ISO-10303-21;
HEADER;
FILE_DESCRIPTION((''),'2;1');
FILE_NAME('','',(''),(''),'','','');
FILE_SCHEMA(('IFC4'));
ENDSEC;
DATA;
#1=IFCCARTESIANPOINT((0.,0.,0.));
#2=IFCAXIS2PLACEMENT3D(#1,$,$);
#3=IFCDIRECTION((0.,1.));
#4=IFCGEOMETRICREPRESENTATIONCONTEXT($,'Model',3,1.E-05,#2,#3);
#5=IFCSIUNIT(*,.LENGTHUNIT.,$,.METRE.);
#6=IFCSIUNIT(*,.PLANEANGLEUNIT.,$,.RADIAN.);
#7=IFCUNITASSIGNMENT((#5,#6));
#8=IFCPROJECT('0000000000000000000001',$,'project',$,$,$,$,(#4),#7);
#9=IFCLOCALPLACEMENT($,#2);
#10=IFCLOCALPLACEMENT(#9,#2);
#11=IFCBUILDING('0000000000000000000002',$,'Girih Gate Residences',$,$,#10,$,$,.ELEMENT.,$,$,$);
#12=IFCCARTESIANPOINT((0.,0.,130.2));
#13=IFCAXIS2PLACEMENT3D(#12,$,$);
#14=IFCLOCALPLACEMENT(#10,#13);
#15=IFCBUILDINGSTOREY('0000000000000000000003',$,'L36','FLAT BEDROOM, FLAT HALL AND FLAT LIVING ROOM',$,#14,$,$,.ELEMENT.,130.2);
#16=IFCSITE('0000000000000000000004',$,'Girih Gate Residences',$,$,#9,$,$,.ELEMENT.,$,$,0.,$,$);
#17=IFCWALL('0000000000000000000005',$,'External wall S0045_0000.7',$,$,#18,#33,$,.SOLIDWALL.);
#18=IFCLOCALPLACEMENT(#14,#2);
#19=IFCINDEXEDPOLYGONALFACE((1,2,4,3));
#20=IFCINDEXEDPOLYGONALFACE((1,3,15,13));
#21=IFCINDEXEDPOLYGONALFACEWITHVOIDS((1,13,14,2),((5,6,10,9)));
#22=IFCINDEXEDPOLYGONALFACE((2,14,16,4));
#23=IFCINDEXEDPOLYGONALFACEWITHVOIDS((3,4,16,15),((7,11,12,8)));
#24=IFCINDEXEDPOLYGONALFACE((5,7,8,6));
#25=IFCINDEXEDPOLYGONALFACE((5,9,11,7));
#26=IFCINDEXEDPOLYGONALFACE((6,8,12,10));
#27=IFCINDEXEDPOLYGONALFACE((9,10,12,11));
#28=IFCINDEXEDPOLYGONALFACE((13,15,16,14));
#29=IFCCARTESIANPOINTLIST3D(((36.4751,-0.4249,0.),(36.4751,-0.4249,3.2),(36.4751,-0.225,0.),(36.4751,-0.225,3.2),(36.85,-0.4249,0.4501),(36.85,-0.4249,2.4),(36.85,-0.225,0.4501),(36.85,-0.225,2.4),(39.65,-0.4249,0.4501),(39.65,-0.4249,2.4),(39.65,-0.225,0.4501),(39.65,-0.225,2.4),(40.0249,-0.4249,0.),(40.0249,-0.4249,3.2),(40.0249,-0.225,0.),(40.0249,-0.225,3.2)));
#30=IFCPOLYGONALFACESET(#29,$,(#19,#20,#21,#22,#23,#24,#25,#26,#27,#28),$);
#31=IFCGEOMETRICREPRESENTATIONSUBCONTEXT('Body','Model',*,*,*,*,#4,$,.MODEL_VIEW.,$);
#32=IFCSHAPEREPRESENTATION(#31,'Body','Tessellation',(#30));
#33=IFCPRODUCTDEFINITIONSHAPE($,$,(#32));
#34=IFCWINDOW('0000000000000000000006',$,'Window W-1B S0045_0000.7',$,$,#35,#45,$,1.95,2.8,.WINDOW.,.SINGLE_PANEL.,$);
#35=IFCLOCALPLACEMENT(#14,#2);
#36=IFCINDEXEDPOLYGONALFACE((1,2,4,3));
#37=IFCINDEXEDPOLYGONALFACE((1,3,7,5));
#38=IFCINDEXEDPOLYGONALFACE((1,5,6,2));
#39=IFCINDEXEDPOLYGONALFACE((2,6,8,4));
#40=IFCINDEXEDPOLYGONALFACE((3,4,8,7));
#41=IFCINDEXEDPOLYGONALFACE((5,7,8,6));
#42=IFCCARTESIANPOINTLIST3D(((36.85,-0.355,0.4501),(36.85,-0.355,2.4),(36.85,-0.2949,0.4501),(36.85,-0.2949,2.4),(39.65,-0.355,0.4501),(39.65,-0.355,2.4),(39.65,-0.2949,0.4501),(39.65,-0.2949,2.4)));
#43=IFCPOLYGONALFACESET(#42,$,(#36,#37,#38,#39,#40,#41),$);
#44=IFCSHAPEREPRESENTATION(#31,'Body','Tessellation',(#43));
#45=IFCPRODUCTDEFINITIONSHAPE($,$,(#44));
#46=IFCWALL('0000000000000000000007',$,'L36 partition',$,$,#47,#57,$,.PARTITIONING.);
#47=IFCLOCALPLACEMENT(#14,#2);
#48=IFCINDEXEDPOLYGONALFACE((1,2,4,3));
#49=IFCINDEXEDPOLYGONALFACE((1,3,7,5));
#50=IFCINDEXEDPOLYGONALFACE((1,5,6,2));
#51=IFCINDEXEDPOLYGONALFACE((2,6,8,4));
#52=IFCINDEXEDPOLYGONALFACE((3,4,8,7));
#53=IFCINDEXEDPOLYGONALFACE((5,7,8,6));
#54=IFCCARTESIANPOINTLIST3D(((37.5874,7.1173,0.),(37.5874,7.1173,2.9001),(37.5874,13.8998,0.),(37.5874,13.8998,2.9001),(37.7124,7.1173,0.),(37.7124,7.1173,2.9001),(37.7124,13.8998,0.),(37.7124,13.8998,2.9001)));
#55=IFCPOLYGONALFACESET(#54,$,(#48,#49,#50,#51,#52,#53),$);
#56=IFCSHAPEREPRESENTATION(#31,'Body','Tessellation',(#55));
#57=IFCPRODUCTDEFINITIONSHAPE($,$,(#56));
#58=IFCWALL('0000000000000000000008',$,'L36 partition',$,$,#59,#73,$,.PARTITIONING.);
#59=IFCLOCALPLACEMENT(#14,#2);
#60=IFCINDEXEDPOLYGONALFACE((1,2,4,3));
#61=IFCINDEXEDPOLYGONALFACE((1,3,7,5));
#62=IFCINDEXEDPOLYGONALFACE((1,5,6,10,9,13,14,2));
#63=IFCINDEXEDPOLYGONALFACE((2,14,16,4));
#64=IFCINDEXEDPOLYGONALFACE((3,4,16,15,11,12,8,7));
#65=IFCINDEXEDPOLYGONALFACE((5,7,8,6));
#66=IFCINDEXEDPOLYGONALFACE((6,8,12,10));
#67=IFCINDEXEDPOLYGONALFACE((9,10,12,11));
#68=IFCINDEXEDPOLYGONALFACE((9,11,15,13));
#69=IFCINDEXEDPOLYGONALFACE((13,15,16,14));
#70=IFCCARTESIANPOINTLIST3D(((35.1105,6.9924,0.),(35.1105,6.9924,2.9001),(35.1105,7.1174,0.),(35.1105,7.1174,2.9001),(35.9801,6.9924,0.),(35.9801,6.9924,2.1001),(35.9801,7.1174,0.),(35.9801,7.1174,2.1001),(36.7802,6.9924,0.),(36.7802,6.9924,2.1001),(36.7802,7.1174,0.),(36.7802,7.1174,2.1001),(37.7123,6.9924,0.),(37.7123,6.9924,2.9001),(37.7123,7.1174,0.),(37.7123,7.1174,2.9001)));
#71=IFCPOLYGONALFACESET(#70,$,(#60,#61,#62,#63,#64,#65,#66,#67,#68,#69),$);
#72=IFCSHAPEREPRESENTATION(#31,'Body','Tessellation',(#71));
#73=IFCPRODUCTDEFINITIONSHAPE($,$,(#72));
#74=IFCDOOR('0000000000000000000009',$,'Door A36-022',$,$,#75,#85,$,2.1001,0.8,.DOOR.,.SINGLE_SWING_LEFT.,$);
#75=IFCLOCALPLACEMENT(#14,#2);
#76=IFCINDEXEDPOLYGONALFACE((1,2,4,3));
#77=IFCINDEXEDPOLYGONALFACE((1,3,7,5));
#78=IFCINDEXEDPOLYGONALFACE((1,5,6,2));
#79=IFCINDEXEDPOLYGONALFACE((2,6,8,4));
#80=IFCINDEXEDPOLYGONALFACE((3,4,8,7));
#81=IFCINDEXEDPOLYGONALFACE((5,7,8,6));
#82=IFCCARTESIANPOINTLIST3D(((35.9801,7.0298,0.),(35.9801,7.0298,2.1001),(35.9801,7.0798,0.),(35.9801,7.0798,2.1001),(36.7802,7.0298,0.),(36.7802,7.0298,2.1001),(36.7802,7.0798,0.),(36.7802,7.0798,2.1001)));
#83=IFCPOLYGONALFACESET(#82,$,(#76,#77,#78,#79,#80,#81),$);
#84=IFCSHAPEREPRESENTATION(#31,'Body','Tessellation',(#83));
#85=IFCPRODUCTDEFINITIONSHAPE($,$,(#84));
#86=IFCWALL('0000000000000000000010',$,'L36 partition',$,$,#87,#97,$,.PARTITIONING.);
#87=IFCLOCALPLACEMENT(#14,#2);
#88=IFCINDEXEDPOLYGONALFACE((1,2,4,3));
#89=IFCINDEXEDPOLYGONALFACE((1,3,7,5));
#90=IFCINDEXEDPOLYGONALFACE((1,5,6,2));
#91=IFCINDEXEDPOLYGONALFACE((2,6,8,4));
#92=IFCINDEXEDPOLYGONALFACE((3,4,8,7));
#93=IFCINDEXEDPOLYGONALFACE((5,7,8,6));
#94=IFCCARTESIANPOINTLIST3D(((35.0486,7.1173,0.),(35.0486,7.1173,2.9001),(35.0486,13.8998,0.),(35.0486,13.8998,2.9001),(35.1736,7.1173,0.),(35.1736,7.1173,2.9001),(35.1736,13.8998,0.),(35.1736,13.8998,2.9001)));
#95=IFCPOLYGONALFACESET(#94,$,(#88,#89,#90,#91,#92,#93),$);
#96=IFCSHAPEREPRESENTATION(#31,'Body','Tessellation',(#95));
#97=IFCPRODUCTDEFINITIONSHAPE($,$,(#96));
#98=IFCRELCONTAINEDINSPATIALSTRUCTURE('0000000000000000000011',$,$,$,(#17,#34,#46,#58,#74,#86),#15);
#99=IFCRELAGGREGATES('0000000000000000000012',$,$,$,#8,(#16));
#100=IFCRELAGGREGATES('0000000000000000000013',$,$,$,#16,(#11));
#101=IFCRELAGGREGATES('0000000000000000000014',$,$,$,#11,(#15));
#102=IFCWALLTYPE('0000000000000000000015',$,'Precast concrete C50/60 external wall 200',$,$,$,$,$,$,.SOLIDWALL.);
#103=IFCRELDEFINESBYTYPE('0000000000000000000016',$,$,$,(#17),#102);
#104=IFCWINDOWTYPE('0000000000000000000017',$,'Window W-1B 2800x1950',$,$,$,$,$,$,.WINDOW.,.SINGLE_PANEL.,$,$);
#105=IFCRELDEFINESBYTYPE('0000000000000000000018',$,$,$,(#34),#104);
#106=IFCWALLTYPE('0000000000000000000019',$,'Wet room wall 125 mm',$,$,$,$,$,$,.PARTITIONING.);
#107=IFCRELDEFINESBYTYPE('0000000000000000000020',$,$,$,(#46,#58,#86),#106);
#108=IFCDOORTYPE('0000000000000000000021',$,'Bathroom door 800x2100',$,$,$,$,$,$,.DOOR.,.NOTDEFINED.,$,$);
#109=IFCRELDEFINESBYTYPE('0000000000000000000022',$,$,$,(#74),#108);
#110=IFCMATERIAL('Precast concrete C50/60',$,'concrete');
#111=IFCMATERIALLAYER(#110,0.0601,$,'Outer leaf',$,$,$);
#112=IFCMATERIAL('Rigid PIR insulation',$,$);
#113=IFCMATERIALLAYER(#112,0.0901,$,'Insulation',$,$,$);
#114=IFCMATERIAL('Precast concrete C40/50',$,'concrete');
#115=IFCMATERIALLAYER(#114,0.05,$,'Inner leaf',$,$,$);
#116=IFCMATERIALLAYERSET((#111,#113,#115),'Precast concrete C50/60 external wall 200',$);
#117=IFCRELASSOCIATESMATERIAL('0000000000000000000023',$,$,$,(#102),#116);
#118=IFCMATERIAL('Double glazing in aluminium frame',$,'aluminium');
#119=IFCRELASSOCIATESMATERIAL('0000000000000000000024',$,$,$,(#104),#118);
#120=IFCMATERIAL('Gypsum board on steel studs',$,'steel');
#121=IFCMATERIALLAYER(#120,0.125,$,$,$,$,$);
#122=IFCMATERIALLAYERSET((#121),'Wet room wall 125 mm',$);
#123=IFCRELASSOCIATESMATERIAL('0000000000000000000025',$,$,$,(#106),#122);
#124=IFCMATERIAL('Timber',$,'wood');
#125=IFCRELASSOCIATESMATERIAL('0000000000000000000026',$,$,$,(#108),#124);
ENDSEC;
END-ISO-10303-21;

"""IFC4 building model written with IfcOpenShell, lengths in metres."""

from ifc_helpers import new_model, si_unit, direction, frame, frame_2d, origin, place, context, subcontext, project, spatial, rectangle, extrude, material, layer, layer_set, type_object, element, fill, save


model = new_model("IFC4")

# Units and contexts
model_context = context("Model", 3, precision=1e-05, world=origin(), true_north=direction((0.0, 1.0)))
body_context = subcontext(model_context, "Body", "Model", "MODEL_VIEW")
ifc_project = project(units=[si_unit("LENGTHUNIT", "METRE"), si_unit("PLANEANGLEUNIT", "RADIAN")], contexts=[model_context])

# Site, building, storey
site_placement = place(None, origin())
site = spatial("IfcSite", under=ifc_project, at=site_placement, Name="Girih Gate Residences", CompositionType="ELEMENT", RefElevation=0.0)
building_placement = place(site_placement, origin())
building = spatial("IfcBuilding", under=site, at=building_placement, Name="Girih Gate Residences", CompositionType="ELEMENT")
storey_placement = place(building_placement, frame((0.0, 0.0, 130.2)))
storey = spatial("IfcBuildingStorey", under=building, at=storey_placement, Name="L36", Description="FLAT BEDROOM, FLAT HALL AND FLAT LIVING ROOM", CompositionType="ELEMENT", Elevation=130.2)

# Shared definitions
ifc_material_1 = material(Name="Gypsum board on steel studs", Category="steel")

# Shared definitions
ifc_material_2 = material(Name="Timber", Category="wood")

# Wall, opening, window
ifc_material_3 = material(Name="Precast concrete C50/60", Category="concrete")
ifc_layer_1 = layer(ifc_material_3, 0.0601, Name="Outer leaf")
ifc_material_4 = material(Name="Rigid PIR insulation")
ifc_layer_2 = layer(ifc_material_4, 0.0901, Name="Insulation")
ifc_material_5 = material(Name="Precast concrete C40/50", Category="concrete")
ifc_layer_3 = layer(ifc_material_5, 0.05, Name="Inner leaf")
ifc_layer_set_1 = layer_set([ifc_layer_1, ifc_layer_2, ifc_layer_3], Name="Precast concrete C50/60 external wall 200")
wall_type_1 = type_object("IfcWallType", Name="Precast concrete C50/60 external wall 200", PredefinedType="SOLIDWALL", material=ifc_layer_set_1)
ifc_material_6 = material(Name="Double glazing in aluminium frame", Category="aluminium")
window_type = type_object("IfcWindowType", Name="Window W-1B 2800x1950", PartitioningType="SINGLE_PANEL", PredefinedType="WINDOW", material=ifc_material_6)
wall_1_placement = place(storey_placement, frame((40.0249, -0.325, 0.0), z_axis=(0.0, 0.0, 1.0), x_axis=(-1.0, 0.0, 0.0)))
wall_1 = element("IfcWall", 1, at=wall_1_placement, inside=storey, type_object=wall_type_1, Name="External wall S0045_0000.7", PredefinedType="SOLIDWALL", context=body_context, shape_type="SweptSolid", body=[
    extrude(rectangle(XDim=3.5498, YDim=0.2, at=frame_2d((1.7749, 0.0))), origin(), (0.0, 0.0, 1.0), 3.2),
])
opening_1_placement = place(wall_1_placement, frame((0.375, 0.0, 0.45)))
opening_1 = element("IfcOpeningElement", 2, at=opening_1_placement, cuts=wall_1, PredefinedType="OPENING", context=body_context, shape_type="SweptSolid", body=[
    extrude(rectangle(XDim=2.8, YDim=1.95, at=frame_2d((1.3999, 0.9751))), frame((0.0, 0.1099, 0.0), z_axis=(0.0, -1.0, 0.0), x_axis=(1.0, 0.0, 0.0)), (0.0, 0.0, 1.0), 0.22),
])
window_1_placement = place(opening_1_placement, origin())
window_1 = element("IfcWindow", 3, at=window_1_placement, inside=storey, type_object=window_type, Name="Window W-1B S0045_0000.7", OverallHeight=1.95, OverallWidth=2.8, PartitioningType="SINGLE_PANEL", PredefinedType="WINDOW", context=body_context, shape_type="SweptSolid", body=[
    extrude(rectangle(XDim=2.8, YDim=1.95, at=frame_2d((1.3999, 0.9751))), frame((0.0, 0.03, 0.0), z_axis=(0.0, -1.0, 0.0), x_axis=(1.0, 0.0, 0.0)), (0.0, 0.0, 1.0), 0.0601),
])
fill(opening_1, window_1)

# Wall
ifc_layer_4 = layer(ifc_material_1, 0.125)
ifc_layer_set_2 = layer_set([ifc_layer_4], Name="Wet room wall 125 mm")
wall_type_2 = type_object("IfcWallType", Name="Wet room wall 125 mm", PredefinedType="PARTITIONING", material=ifc_layer_set_2)
wall_2_placement = place(storey_placement, frame((37.6499, 7.1174, 0.0), z_axis=(0.0, 0.0, 1.0), x_axis=(0.0, 1.0, 0.0)))
element("IfcWall", 4, at=wall_2_placement, inside=storey, type_object=wall_type_2, Name="L36 partition", PredefinedType="PARTITIONING", context=body_context, shape_type="SweptSolid", body=[
    extrude(rectangle(XDim=6.7825, YDim=0.125, at=frame_2d((3.3911, 0.0))), origin(), (0.0, 0.0, 1.0), 2.9001),
])

# Wall, opening, door
wall_3_placement = place(storey_placement, frame((35.1106, 7.0549, 0.0), z_axis=(0.0, 0.0, 1.0), x_axis=(1.0, 0.0, 0.0)))
wall_3 = element("IfcWall", 5, at=wall_3_placement, inside=storey, type_object=wall_type_2, Name="L36 partition", PredefinedType="PARTITIONING", context=body_context, shape_type="SweptSolid", body=[
    extrude(rectangle(XDim=2.6018, YDim=0.125, at=frame_2d((1.3008, 0.0))), origin(), (0.0, 0.0, 1.0), 2.9001),
])
opening_2_placement = place(wall_3_placement, frame((0.8696, 0.0, 0.0)))
opening_2 = element("IfcOpeningElement", 6, at=opening_2_placement, cuts=wall_3, PredefinedType="OPENING", context=body_context, shape_type="SweptSolid", body=[
    extrude(rectangle(XDim=0.8, YDim=2.1001, at=frame_2d((0.3999, 1.05))), frame((0.0, 0.0725, 0.0), z_axis=(0.0, -1.0, 0.0), x_axis=(1.0, 0.0, 0.0)), (0.0, 0.0, 1.0), 0.145),
])
door_type_1 = type_object("IfcDoorType", Name="Bathroom door 800x2100", OperationType="NOTDEFINED", PredefinedType="DOOR", material=ifc_material_2)
door_1_placement = place(opening_2_placement, origin())
door_1 = element("IfcDoor", 7, at=door_1_placement, inside=storey, type_object=door_type_1, Name="Door A36-022", OperationType="SINGLE_SWING_LEFT", OverallHeight=2.1001, OverallWidth=0.8, PredefinedType="DOOR", context=body_context, shape_type="SweptSolid", body=[
    extrude(rectangle(XDim=0.8, YDim=2.1001, at=frame_2d((0.3999, 1.05))), frame((0.0, 0.0249, 0.0), z_axis=(0.0, -1.0, 0.0), x_axis=(1.0, 0.0, 0.0)), (0.0, 0.0, 1.0), 0.05),
])
fill(opening_2, door_1)

# Wall
wall_4_placement = place(storey_placement, frame((35.1111, 7.1174, 0.0), z_axis=(0.0, 0.0, 1.0), x_axis=(0.0, 1.0, 0.0)))
element("IfcWall", 8, at=wall_4_placement, inside=storey, type_object=wall_type_2, Name="L36 partition", PredefinedType="PARTITIONING", context=body_context, shape_type="SweptSolid", body=[
    extrude(rectangle(XDim=6.7825, YDim=0.125, at=frame_2d((3.3911, 0.0))), origin(), (0.0, 0.0, 1.0), 2.9001),
])

save(model, "model.ifc")
